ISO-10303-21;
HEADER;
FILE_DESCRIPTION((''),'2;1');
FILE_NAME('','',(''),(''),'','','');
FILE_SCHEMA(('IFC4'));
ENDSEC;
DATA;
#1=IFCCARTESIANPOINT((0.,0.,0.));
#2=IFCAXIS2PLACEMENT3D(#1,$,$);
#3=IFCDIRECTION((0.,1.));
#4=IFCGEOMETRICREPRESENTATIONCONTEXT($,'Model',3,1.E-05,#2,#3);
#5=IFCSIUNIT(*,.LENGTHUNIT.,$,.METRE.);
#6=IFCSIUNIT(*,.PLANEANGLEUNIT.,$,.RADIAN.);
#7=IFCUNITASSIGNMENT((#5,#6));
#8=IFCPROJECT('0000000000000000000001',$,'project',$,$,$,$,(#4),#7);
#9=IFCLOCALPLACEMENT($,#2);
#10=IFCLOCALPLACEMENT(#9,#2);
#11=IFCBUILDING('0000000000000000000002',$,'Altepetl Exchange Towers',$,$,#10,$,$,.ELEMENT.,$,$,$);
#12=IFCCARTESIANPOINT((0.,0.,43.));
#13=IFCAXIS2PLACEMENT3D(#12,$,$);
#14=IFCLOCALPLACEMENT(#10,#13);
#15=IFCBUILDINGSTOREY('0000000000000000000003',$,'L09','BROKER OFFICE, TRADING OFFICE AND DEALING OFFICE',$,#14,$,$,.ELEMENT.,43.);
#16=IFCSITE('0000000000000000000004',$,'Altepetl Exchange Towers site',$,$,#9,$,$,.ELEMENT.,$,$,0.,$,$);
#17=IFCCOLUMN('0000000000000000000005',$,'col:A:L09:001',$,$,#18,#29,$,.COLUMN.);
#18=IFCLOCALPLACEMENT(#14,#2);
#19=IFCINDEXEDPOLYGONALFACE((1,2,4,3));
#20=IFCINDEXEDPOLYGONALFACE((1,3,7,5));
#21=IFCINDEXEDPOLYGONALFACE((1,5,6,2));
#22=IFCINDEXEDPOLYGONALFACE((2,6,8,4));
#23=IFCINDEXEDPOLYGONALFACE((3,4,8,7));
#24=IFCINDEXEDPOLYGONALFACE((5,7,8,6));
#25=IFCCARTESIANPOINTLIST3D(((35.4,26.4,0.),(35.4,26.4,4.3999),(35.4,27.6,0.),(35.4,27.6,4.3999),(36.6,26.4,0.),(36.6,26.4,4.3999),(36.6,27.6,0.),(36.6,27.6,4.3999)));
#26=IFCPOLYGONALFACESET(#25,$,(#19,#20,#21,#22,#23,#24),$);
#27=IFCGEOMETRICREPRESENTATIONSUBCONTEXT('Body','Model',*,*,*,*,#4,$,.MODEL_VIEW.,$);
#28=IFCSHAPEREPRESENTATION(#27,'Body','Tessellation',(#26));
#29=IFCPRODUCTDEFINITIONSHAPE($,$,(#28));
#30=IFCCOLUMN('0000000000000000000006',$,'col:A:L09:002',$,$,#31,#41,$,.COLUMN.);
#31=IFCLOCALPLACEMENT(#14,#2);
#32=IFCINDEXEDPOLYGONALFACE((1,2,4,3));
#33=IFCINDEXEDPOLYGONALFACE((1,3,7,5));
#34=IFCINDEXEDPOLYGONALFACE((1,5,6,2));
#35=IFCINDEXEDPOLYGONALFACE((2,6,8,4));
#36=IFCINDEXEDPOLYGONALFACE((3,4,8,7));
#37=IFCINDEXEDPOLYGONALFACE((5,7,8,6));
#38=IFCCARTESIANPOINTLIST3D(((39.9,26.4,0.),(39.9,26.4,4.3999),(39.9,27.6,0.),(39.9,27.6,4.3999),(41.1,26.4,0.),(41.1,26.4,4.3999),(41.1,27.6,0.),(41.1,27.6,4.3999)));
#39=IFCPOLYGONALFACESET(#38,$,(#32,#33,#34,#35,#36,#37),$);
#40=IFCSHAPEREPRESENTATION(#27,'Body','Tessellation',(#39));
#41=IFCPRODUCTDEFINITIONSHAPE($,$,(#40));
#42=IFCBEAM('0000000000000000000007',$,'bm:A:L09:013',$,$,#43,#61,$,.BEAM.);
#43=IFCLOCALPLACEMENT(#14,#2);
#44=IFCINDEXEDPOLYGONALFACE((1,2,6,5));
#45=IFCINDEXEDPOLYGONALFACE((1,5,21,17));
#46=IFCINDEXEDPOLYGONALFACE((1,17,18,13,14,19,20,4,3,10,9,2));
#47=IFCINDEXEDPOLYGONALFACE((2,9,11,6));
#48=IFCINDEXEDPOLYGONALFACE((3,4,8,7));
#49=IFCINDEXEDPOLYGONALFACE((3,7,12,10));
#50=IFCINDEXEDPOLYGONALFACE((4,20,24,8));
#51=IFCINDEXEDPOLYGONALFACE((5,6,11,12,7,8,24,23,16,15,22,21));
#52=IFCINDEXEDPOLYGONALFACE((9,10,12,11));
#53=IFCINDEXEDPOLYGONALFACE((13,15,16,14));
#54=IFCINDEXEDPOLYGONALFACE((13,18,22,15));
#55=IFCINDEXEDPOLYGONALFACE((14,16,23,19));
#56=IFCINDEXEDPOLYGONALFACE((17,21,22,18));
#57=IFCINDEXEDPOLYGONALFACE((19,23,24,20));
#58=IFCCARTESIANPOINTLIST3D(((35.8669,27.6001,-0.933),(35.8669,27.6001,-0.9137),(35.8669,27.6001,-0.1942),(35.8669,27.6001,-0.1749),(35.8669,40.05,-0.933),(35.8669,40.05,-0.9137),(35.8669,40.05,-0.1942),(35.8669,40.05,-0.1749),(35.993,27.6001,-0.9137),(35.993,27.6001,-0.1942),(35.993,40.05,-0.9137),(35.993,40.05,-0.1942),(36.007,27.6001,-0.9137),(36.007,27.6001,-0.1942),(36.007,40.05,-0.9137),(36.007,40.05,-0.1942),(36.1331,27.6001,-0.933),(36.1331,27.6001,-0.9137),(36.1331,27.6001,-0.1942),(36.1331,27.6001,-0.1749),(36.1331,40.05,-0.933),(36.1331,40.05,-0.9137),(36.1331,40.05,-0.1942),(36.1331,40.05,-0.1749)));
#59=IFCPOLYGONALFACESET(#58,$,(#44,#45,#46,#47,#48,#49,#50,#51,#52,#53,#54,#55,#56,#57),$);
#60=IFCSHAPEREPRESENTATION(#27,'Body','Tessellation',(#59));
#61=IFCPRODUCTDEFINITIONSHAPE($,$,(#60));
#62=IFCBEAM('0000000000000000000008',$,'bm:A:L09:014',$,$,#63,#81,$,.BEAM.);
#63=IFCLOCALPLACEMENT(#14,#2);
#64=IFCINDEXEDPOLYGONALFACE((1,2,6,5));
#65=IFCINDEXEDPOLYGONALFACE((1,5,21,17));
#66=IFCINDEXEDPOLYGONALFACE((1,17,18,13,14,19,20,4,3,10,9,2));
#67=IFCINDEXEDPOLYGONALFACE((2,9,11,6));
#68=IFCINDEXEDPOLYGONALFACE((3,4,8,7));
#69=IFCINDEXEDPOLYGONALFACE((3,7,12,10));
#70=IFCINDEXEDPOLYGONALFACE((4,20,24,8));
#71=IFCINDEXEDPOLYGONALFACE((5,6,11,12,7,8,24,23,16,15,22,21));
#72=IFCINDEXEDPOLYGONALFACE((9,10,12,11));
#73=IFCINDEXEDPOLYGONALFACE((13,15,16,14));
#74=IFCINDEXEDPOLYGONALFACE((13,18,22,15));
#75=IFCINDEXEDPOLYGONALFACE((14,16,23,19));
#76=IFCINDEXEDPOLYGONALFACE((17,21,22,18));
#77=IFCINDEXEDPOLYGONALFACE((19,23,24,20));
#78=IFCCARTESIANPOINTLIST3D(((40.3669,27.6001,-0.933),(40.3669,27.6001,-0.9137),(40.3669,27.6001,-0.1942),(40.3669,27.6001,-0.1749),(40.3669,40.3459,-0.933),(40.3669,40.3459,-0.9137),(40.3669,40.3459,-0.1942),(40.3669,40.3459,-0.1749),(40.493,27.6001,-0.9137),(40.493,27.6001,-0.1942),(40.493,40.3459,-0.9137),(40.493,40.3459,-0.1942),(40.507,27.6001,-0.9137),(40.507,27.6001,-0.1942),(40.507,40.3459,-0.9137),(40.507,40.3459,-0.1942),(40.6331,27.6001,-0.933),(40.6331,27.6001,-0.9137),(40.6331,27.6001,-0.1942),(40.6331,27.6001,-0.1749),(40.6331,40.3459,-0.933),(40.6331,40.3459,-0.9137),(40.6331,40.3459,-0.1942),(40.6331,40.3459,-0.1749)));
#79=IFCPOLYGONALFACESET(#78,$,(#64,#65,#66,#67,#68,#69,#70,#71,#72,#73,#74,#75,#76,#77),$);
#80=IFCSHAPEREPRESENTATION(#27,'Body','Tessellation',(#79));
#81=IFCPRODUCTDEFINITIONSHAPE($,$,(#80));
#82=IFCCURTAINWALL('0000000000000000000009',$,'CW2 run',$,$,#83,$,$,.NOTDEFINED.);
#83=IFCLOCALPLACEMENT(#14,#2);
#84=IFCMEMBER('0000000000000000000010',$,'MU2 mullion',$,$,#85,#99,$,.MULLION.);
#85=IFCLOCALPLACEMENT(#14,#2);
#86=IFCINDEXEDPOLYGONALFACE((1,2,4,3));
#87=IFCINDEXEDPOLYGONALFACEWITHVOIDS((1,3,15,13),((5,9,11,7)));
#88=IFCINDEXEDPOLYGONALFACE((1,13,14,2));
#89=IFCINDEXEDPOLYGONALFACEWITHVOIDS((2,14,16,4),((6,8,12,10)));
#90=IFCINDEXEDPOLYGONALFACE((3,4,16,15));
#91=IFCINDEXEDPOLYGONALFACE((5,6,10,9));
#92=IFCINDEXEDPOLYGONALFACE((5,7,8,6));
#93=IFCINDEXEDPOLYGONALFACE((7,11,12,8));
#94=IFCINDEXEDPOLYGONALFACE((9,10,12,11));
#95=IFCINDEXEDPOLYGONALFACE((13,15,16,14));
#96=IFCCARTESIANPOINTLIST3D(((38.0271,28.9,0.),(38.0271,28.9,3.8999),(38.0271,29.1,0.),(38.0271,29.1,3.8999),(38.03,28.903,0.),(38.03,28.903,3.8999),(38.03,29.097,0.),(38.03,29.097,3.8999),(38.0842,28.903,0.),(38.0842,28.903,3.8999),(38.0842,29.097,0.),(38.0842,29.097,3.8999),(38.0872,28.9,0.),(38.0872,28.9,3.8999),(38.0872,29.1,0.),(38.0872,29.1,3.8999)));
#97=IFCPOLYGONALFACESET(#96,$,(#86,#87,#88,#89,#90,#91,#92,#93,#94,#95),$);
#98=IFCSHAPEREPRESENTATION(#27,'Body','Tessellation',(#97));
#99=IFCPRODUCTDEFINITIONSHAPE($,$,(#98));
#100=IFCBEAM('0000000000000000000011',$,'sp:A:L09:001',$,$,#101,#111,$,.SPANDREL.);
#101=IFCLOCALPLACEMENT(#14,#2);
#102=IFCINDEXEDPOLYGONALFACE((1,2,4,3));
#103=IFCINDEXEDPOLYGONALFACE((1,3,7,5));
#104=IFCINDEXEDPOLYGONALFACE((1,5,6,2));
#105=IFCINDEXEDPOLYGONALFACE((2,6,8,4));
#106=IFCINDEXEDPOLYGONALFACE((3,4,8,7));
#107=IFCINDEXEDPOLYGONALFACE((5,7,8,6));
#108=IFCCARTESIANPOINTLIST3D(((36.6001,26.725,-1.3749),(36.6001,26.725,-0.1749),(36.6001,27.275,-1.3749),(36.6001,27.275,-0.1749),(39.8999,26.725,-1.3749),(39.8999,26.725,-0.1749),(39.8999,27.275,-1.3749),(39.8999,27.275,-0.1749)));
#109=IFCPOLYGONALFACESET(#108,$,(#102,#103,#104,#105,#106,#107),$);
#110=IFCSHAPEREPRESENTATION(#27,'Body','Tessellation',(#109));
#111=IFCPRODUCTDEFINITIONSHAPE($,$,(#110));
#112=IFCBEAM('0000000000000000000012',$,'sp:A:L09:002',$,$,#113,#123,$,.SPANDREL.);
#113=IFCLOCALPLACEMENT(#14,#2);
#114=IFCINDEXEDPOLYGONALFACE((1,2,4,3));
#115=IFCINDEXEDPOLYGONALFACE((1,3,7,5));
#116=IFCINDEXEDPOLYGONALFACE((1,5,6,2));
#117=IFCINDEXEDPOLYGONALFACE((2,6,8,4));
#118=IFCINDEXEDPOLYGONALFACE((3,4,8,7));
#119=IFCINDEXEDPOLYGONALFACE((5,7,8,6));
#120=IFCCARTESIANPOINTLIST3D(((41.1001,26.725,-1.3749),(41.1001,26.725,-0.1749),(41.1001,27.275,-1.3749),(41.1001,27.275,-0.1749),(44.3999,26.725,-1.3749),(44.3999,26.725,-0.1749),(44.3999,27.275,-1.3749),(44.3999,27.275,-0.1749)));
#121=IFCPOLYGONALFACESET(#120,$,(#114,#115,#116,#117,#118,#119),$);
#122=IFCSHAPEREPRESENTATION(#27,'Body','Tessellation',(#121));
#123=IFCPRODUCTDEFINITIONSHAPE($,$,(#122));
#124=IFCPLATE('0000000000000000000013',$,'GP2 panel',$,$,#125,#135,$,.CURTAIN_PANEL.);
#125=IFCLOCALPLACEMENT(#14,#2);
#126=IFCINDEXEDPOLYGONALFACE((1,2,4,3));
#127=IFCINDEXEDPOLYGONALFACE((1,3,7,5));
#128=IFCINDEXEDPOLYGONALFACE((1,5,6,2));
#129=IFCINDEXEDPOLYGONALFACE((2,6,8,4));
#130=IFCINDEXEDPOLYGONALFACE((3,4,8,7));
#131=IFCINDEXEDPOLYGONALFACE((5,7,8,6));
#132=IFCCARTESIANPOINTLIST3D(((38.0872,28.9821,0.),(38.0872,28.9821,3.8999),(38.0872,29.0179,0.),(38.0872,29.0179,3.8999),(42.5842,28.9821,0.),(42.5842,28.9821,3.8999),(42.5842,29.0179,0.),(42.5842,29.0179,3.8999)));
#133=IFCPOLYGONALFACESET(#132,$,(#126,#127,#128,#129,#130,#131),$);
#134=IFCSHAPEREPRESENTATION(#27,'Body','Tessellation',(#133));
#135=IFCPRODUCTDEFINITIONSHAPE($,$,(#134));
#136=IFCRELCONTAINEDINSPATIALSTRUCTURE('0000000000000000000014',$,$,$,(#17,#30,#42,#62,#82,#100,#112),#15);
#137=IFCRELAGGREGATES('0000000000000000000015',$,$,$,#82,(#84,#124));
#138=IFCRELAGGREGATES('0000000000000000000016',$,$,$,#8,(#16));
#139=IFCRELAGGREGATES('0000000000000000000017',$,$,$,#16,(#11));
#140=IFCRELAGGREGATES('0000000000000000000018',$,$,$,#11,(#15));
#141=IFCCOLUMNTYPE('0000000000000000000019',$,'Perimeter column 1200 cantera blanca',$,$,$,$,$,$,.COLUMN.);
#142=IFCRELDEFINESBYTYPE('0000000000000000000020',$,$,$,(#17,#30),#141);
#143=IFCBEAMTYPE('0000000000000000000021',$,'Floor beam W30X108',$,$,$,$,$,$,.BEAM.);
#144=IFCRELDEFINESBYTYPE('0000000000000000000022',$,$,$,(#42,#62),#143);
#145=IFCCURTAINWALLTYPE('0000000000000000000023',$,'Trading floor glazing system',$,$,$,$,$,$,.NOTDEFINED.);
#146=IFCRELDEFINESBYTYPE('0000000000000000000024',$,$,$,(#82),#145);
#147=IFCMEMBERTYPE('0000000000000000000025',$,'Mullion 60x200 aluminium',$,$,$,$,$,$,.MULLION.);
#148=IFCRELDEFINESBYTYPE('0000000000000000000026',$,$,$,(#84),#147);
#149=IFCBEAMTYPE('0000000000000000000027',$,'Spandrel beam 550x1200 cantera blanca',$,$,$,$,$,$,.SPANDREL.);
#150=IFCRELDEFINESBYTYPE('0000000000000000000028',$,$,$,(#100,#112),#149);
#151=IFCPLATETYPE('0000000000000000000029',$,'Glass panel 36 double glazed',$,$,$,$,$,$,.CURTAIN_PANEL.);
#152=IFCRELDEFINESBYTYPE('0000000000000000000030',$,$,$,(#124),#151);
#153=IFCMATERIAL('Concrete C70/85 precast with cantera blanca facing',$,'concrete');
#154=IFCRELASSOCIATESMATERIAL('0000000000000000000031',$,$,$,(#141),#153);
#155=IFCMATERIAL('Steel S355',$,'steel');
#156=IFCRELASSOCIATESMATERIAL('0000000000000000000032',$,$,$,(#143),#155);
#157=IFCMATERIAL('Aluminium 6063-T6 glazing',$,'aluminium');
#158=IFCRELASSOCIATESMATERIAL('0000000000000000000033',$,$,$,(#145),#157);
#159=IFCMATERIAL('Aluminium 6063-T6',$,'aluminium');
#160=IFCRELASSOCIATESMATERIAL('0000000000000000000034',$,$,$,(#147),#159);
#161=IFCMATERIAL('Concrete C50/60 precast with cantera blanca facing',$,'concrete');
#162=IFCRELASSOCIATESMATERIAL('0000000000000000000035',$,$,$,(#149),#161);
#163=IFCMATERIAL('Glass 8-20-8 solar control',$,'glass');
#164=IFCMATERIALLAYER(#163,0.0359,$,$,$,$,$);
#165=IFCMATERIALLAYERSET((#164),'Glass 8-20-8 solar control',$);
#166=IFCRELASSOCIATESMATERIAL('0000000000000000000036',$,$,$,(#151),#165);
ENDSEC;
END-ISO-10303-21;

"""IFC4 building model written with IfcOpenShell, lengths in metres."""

from ifc_helpers import new_model, si_unit, direction, frame, origin, origin_2d, place, context, subcontext, project, spatial, rectangle, hollow_rectangle, i_section, extrude, material, layer, layer_set, material_profile, profile_set, type_object, element, aggregate, save


model = new_model("IFC4")

# Units and contexts
model_context = context("Model", 3, precision=1e-05, world=origin(), true_north=direction((0.0, 1.0)))
body_context = subcontext(model_context, "Body", "Model", "MODEL_VIEW")
ifc_project = project(units=[si_unit("LENGTHUNIT", "METRE"), si_unit("PLANEANGLEUNIT", "RADIAN")], contexts=[model_context])

# Site, building, storey
site_placement = place(None, origin())
site = spatial("IfcSite", under=ifc_project, at=site_placement, Name="Altepetl Exchange Towers site", CompositionType="ELEMENT", RefElevation=0.0)
building_placement = place(site_placement, origin())
building = spatial("IfcBuilding", under=site, at=building_placement, Name="Altepetl Exchange Towers", CompositionType="ELEMENT")
storey_placement = place(building_placement, frame((0.0, 0.0, 43.0)))
storey = spatial("IfcBuildingStorey", under=building, at=storey_placement, Name="L09", Description="BROKER OFFICE, TRADING OFFICE AND DEALING OFFICE", CompositionType="ELEMENT", Elevation=43.0)

# Columns
ifc_material_1 = material(Name="Concrete C70/85 precast with cantera blanca facing", Category="concrete")
ifc_material_profile_1 = material_profile(ifc_material_1, rectangle(XDim=1.2, YDim=1.2, at=origin_2d()), Name="1200 x 1200")
ifc_profile_set_1 = profile_set([ifc_material_profile_1], Name="Concrete C70/85 precast with cantera blanca facing")
column_type = type_object("IfcColumnType", Name="Perimeter column 1200 cantera blanca", PredefinedType="COLUMN", material=ifc_profile_set_1)
for number, where, name in (
    (1, (36.0, 27.0, 0.0), "col:A:L09:001"),
    (2, (40.5, 27.0, 0.0), "col:A:L09:002"),
):
    element("IfcColumn", number, at=place(storey_placement, frame(where)), inside=storey, type_object=column_type, Name=name, PredefinedType="COLUMN", context=body_context, shape_type="SweptSolid", body=[
        extrude(rectangle(XDim=1.2, YDim=1.2, at=origin_2d()), origin(), (0.0, 0.0, 1.0), 4.3999),
    ])

# Beams
ifc_material_2 = material(Name="Steel S355", Category="steel")
ifc_material_profile_2 = material_profile(ifc_material_2, i_section(OverallWidth=0.2661, OverallDepth=0.7581, WebThickness=0.0139, FlangeThickness=0.0193, at=origin_2d()), Name="W30X108")
ifc_profile_set_2 = profile_set([ifc_material_profile_2], Name="Steel S355")
beam_type_1 = type_object("IfcBeamType", Name="Floor beam W30X108", PredefinedType="BEAM", material=ifc_profile_set_2)
beam_1_placement = place(storey_placement, frame((36.0, 27.6001, -0.554), z_axis=(0.0, 1.0, 0.0), x_axis=(-1.0, 0.0, 0.0)))
element("IfcBeam", 3, at=beam_1_placement, inside=storey, type_object=beam_type_1, Name="bm:A:L09:013", PredefinedType="BEAM", context=body_context, shape_type="SweptSolid", body=[
    extrude(i_section(OverallWidth=0.2661, OverallDepth=0.7581, WebThickness=0.0139, FlangeThickness=0.0193, at=origin_2d()), origin(), (0.0, 0.0, 1.0), 12.45),
])
beam_2_placement = place(storey_placement, frame((40.5, 27.6001, -0.554), z_axis=(0.0, 1.0, 0.0), x_axis=(-1.0, 0.0, 0.0)))
element("IfcBeam", 4, at=beam_2_placement, inside=storey, type_object=beam_type_1, Name="bm:A:L09:014", PredefinedType="BEAM", context=body_context, shape_type="SweptSolid", body=[
    extrude(i_section(OverallWidth=0.2661, OverallDepth=0.7581, WebThickness=0.0139, FlangeThickness=0.0193, at=origin_2d()), origin(), (0.0, 0.0, 1.0), 12.7458),
])

# Curtain wall, member
ifc_material_3 = material(Name="Aluminium 6063-T6 glazing", Category="aluminium")
curtain_wall_type = type_object("IfcCurtainWallType", Name="Trading floor glazing system", PredefinedType="NOTDEFINED", material=ifc_material_3)
curtain_wall_placement = place(storey_placement, origin())
curtain_wall = element("IfcCurtainWall", 5, at=curtain_wall_placement, inside=storey, type_object=curtain_wall_type, Name="CW2 run", PredefinedType="NOTDEFINED")
ifc_material_4 = material(Name="Aluminium 6063-T6", Category="aluminium")
ifc_material_profile_3 = material_profile(ifc_material_4, hollow_rectangle(XDim=0.0601, YDim=0.2, WallThickness=0.0029, at=origin_2d()), Name="Mullion 60x200 aluminium")
ifc_profile_set_3 = profile_set([ifc_material_profile_3], Name="Aluminium 6063-T6")
member_type = type_object("IfcMemberType", Name="Mullion 60x200 aluminium", PredefinedType="MULLION", material=ifc_profile_set_3)
member_placement = place(storey_placement, frame((38.0571, 29.0, 0.0)))
member = element("IfcMember", 6, at=member_placement, type_object=member_type, Name="MU2 mullion", PredefinedType="MULLION", context=body_context, shape_type="SweptSolid", body=[
    extrude(hollow_rectangle(XDim=0.0601, YDim=0.2, WallThickness=0.0029, at=origin_2d()), origin(), (0.0, 0.0, 1.0), 3.8999),
])

# Beams
ifc_material_5 = material(Name="Concrete C50/60 precast with cantera blanca facing", Category="concrete")
ifc_material_profile_4 = material_profile(ifc_material_5, rectangle(XDim=0.55, YDim=1.2, at=origin_2d()), Name="550 x 1200")
ifc_profile_set_4 = profile_set([ifc_material_profile_4], Name="Concrete C50/60 precast with cantera blanca facing")
beam_type_2 = type_object("IfcBeamType", Name="Spandrel beam 550x1200 cantera blanca", PredefinedType="SPANDREL", material=ifc_profile_set_4)
for number, where, z_axis, x_axis, name in (
    (7, (36.6001, 27.0, -0.7749), (1.0, 0.0, 0.0), (0.0, 1.0, 0.0), "sp:A:L09:001"),
    (8, (41.1001, 27.0, -0.7749), (1.0, 0.0, 0.0), (0.0, 1.0, 0.0), "sp:A:L09:002"),
):
    element("IfcBeam", number, at=place(storey_placement, frame(where, z_axis=z_axis, x_axis=x_axis)), inside=storey, type_object=beam_type_2, Name=name, PredefinedType="SPANDREL", context=body_context, shape_type="SweptSolid", body=[
        extrude(rectangle(XDim=0.55, YDim=1.2, at=origin_2d()), origin(), (0.0, 0.0, 1.0), 3.2998),
    ])

# Plate
ifc_material_6 = material(Name="Glass 8-20-8 solar control", Category="glass")
ifc_layer = layer(ifc_material_6, 0.0359)
ifc_layer_set = layer_set([ifc_layer], Name="Glass 8-20-8 solar control")
plate_type = type_object("IfcPlateType", Name="Glass panel 36 double glazed", PredefinedType="CURTAIN_PANEL", material=ifc_layer_set)
plate_placement = place(storey_placement, frame((40.3357, 29.0, 0.0)))
plate = element("IfcPlate", 9, at=plate_placement, type_object=plate_type, Name="GP2 panel", PredefinedType="CURTAIN_PANEL", context=body_context, shape_type="SweptSolid", body=[
    extrude(rectangle(XDim=4.4971, YDim=0.0359, at=origin_2d()), origin(), (0.0, 0.0, 1.0), 3.8999),
])
aggregate(curtain_wall, [member, plate])

save(model, "model.ifc")
